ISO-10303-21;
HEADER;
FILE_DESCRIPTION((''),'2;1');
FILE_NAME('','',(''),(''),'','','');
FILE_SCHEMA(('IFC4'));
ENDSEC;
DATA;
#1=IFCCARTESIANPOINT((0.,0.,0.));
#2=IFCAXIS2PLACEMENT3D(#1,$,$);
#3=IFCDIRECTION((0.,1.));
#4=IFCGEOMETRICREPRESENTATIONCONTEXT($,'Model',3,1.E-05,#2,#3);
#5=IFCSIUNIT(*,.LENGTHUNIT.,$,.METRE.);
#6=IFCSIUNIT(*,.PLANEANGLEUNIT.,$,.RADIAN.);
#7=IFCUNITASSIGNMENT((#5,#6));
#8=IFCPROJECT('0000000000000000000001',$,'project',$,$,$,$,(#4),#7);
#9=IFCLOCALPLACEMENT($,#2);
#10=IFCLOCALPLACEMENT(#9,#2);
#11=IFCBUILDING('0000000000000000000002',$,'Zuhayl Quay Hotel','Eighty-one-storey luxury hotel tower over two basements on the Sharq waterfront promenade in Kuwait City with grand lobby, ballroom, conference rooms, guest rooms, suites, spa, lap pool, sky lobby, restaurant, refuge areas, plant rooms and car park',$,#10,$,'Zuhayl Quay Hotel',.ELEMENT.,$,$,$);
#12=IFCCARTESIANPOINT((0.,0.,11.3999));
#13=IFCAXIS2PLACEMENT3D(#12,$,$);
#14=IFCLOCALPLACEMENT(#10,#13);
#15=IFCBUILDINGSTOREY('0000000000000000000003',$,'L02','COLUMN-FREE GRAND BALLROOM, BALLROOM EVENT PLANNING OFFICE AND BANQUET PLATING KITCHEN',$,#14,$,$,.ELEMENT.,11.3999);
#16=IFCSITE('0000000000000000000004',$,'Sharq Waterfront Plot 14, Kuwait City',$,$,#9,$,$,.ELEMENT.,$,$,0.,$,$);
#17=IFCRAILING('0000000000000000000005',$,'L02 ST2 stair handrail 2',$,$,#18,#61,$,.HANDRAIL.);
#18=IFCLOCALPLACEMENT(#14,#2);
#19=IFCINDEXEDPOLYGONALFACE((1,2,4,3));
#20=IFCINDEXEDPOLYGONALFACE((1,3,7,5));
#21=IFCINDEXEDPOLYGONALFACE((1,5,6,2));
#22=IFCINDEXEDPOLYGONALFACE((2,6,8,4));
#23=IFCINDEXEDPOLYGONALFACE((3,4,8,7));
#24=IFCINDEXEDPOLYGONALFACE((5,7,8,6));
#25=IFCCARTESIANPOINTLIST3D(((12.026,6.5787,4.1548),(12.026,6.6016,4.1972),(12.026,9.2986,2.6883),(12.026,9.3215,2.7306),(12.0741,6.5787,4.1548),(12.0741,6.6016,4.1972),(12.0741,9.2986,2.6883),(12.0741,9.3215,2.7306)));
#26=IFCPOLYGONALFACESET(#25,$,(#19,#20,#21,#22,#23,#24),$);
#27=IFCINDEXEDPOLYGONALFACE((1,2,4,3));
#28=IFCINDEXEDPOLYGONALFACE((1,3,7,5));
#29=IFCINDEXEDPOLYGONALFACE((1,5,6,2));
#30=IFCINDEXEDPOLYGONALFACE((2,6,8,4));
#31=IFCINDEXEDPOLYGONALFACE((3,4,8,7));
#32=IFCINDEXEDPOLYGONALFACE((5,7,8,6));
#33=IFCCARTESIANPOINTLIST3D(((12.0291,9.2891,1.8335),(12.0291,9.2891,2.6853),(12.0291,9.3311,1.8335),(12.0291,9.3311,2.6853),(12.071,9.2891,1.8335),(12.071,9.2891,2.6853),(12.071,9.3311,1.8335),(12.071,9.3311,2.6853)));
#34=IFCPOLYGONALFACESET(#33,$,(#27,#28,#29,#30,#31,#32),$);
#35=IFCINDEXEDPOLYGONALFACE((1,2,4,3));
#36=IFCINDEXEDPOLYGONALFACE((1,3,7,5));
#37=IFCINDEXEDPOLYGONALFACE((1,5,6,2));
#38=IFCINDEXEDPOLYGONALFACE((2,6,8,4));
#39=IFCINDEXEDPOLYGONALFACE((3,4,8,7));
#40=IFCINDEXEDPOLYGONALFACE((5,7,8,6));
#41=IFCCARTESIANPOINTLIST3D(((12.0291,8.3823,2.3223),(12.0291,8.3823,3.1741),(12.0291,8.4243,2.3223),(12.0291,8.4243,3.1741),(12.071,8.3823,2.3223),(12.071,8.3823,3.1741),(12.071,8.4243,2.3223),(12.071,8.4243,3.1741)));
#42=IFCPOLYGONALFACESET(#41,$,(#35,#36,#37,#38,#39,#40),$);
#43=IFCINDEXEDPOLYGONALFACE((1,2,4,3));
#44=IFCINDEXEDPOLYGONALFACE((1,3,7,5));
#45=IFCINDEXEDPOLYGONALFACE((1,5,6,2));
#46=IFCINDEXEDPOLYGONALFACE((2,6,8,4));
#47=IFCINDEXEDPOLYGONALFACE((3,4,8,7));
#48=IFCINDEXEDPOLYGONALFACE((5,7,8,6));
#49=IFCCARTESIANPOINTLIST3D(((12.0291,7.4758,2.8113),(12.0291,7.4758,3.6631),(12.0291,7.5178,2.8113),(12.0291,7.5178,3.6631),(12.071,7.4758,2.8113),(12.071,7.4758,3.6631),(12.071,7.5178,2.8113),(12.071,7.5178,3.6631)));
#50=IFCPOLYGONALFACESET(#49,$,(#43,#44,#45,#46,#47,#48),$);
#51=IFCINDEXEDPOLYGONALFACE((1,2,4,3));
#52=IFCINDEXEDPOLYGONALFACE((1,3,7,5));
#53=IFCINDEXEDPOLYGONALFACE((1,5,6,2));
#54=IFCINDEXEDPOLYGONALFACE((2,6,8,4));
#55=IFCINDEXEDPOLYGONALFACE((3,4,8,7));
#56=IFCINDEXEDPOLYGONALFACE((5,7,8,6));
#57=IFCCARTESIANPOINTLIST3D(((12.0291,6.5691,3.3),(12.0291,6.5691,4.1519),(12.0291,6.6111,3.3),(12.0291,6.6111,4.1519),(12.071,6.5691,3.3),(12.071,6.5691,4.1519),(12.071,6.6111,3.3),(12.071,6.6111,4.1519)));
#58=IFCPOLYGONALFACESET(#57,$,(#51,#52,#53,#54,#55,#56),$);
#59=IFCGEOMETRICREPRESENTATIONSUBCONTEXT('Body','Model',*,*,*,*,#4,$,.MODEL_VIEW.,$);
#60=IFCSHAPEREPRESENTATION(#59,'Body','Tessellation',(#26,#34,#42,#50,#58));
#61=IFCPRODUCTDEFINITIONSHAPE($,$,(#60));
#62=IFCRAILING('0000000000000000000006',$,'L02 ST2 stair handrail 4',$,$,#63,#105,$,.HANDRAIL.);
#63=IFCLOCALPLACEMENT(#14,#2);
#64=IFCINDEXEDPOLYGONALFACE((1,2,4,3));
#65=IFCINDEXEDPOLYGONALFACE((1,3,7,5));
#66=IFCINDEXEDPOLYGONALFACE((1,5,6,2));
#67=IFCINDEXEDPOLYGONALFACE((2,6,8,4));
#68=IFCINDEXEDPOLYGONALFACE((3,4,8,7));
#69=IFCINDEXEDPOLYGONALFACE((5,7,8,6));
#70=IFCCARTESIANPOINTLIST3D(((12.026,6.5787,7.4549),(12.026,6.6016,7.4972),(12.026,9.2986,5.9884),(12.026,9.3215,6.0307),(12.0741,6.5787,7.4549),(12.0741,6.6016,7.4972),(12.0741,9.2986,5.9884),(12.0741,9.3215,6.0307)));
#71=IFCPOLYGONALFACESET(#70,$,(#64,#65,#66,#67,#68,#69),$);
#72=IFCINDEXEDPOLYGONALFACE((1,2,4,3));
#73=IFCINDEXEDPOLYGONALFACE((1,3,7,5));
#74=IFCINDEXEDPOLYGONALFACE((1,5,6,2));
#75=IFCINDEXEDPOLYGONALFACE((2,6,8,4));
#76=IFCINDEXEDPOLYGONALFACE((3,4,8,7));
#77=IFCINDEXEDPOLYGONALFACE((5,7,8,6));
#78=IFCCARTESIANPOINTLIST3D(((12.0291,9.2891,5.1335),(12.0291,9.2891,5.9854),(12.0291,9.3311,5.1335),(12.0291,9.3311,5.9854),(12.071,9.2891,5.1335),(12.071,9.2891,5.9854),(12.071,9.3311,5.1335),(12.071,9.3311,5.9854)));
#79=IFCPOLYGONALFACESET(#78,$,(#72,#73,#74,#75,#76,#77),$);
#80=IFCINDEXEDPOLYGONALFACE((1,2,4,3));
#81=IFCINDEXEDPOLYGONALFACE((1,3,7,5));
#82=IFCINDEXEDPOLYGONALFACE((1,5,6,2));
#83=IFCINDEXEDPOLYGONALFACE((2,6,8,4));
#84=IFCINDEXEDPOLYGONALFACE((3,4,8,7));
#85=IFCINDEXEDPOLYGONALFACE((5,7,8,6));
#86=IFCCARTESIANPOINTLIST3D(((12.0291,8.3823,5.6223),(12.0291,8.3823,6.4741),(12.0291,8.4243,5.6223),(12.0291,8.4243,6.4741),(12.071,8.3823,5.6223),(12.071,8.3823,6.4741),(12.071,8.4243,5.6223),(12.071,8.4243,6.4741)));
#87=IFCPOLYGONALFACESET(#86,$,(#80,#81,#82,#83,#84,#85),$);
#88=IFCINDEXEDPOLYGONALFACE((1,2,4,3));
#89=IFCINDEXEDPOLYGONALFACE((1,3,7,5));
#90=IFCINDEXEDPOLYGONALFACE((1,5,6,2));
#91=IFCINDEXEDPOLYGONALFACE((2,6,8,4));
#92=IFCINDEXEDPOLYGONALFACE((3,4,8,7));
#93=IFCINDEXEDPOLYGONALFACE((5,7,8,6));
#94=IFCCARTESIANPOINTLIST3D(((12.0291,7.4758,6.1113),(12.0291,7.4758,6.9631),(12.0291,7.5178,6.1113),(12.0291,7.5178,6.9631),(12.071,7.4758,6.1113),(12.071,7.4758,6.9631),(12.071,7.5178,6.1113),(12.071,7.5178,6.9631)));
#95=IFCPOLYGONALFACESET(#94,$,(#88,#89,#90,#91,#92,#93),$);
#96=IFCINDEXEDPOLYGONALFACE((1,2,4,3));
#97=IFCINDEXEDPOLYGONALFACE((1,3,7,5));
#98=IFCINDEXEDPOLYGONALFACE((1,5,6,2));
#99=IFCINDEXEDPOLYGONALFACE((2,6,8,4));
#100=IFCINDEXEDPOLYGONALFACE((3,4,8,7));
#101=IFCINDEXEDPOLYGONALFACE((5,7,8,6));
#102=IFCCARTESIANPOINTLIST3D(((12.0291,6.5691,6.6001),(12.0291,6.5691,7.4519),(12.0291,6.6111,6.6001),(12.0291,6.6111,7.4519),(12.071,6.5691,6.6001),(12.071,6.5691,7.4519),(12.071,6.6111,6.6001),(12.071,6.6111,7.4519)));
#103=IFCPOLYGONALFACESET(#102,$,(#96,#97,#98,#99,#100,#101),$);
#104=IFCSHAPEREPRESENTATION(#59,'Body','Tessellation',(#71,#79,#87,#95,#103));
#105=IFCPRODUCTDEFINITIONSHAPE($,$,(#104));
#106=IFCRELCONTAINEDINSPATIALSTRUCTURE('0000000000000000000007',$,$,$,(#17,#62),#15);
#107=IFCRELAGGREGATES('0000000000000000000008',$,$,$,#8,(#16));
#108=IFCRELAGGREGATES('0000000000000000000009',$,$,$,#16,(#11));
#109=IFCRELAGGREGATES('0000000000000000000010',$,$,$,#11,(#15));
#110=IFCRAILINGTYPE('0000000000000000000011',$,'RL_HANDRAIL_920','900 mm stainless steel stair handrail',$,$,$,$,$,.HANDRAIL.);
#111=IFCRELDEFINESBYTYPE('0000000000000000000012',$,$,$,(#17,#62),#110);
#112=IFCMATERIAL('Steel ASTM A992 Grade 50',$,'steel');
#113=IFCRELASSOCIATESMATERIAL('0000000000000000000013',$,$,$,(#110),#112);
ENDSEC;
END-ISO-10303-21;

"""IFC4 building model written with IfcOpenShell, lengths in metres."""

from ifc_helpers import new_model, si_unit, direction, frame, origin, origin_2d, place, context, subcontext, project, spatial, rectangle, extrude, material, type_object, element, save


model = new_model("IFC4")

# Units and contexts
model_context = context("Model", 3, precision=1e-05, world=origin(), true_north=direction((0.0, 1.0)))
body_context = subcontext(model_context, "Body", "Model", "MODEL_VIEW")
ifc_project = project(units=[si_unit("LENGTHUNIT", "METRE"), si_unit("PLANEANGLEUNIT", "RADIAN")], contexts=[model_context])

# Site, building, storey
site_placement = place(None, origin())
site = spatial("IfcSite", under=ifc_project, at=site_placement, Name="Sharq Waterfront Plot 14, Kuwait City", CompositionType="ELEMENT", RefElevation=0.0)
building_placement = place(site_placement, origin())
building = spatial("IfcBuilding", under=site, at=building_placement, Name="Zuhayl Quay Hotel", Description="Eighty-one-storey luxury hotel tower over two basements on the Sharq waterfront promenade in Kuwait City with grand lobby, ballroom, conference rooms, guest rooms, suites, spa, lap pool, sky lobby, restaurant, refuge areas, plant rooms and car park", LongName="Zuhayl Quay Hotel", CompositionType="ELEMENT")
storey_placement = place(building_placement, frame((0.0, 0.0, 11.3999)))
storey = spatial("IfcBuildingStorey", under=building, at=storey_placement, Name="L02", Description="COLUMN-FREE GRAND BALLROOM, BALLROOM EVENT PLANNING OFFICE AND BANQUET PLATING KITCHEN", CompositionType="ELEMENT", Elevation=11.3999)

# Shared definitions
ifc_material_1 = material(Name="Steel ASTM A992 Grade 50", Category="steel")

# Railings
railing_type_1 = type_object("IfcRailingType", Name="RL_HANDRAIL_920", Description="900 mm stainless steel stair handrail", PredefinedType="HANDRAIL", material=ifc_material_1)
for number, where, name in (
    (1, (12.05, 9.3101, 1.8335), "L02 ST2 stair handrail 2"),
    (2, (12.05, 9.3101, 5.1335), "L02 ST2 stair handrail 4"),
):
    element("IfcRailing", number, at=place(storey_placement, frame(where)), inside=storey, type_object=railing_type_1, Name=name, PredefinedType="HANDRAIL", context=body_context, shape_type="SweptSolid", body=[
        extrude(rectangle(XDim=0.0481, YDim=0.0481, at=origin_2d()), frame((0.0, 0.0, 0.876), z_axis=(0.0, -0.880207, 0.47459), x_axis=(1.0, 0.0, 0.0)), (0.0, 0.0, 1.0), 3.0901),
        extrude(rectangle(XDim=0.042, YDim=0.042, at=origin_2d()), origin(), (0.0, 0.0, 1.0), 0.8518),
        extrude(rectangle(XDim=0.042, YDim=0.042, at=origin_2d()), frame((0.0, -0.9067, 0.4888)), (0.0, 0.0, 1.0), 0.8518),
        extrude(rectangle(XDim=0.042, YDim=0.042, at=origin_2d()), frame((0.0, -1.8132, 0.9778)), (0.0, 0.0, 1.0), 0.8518),
        extrude(rectangle(XDim=0.042, YDim=0.042, at=origin_2d()), frame((0.0, -2.72, 1.4666)), (0.0, 0.0, 1.0), 0.8518),
    ])

save(model, "model.ifc")
